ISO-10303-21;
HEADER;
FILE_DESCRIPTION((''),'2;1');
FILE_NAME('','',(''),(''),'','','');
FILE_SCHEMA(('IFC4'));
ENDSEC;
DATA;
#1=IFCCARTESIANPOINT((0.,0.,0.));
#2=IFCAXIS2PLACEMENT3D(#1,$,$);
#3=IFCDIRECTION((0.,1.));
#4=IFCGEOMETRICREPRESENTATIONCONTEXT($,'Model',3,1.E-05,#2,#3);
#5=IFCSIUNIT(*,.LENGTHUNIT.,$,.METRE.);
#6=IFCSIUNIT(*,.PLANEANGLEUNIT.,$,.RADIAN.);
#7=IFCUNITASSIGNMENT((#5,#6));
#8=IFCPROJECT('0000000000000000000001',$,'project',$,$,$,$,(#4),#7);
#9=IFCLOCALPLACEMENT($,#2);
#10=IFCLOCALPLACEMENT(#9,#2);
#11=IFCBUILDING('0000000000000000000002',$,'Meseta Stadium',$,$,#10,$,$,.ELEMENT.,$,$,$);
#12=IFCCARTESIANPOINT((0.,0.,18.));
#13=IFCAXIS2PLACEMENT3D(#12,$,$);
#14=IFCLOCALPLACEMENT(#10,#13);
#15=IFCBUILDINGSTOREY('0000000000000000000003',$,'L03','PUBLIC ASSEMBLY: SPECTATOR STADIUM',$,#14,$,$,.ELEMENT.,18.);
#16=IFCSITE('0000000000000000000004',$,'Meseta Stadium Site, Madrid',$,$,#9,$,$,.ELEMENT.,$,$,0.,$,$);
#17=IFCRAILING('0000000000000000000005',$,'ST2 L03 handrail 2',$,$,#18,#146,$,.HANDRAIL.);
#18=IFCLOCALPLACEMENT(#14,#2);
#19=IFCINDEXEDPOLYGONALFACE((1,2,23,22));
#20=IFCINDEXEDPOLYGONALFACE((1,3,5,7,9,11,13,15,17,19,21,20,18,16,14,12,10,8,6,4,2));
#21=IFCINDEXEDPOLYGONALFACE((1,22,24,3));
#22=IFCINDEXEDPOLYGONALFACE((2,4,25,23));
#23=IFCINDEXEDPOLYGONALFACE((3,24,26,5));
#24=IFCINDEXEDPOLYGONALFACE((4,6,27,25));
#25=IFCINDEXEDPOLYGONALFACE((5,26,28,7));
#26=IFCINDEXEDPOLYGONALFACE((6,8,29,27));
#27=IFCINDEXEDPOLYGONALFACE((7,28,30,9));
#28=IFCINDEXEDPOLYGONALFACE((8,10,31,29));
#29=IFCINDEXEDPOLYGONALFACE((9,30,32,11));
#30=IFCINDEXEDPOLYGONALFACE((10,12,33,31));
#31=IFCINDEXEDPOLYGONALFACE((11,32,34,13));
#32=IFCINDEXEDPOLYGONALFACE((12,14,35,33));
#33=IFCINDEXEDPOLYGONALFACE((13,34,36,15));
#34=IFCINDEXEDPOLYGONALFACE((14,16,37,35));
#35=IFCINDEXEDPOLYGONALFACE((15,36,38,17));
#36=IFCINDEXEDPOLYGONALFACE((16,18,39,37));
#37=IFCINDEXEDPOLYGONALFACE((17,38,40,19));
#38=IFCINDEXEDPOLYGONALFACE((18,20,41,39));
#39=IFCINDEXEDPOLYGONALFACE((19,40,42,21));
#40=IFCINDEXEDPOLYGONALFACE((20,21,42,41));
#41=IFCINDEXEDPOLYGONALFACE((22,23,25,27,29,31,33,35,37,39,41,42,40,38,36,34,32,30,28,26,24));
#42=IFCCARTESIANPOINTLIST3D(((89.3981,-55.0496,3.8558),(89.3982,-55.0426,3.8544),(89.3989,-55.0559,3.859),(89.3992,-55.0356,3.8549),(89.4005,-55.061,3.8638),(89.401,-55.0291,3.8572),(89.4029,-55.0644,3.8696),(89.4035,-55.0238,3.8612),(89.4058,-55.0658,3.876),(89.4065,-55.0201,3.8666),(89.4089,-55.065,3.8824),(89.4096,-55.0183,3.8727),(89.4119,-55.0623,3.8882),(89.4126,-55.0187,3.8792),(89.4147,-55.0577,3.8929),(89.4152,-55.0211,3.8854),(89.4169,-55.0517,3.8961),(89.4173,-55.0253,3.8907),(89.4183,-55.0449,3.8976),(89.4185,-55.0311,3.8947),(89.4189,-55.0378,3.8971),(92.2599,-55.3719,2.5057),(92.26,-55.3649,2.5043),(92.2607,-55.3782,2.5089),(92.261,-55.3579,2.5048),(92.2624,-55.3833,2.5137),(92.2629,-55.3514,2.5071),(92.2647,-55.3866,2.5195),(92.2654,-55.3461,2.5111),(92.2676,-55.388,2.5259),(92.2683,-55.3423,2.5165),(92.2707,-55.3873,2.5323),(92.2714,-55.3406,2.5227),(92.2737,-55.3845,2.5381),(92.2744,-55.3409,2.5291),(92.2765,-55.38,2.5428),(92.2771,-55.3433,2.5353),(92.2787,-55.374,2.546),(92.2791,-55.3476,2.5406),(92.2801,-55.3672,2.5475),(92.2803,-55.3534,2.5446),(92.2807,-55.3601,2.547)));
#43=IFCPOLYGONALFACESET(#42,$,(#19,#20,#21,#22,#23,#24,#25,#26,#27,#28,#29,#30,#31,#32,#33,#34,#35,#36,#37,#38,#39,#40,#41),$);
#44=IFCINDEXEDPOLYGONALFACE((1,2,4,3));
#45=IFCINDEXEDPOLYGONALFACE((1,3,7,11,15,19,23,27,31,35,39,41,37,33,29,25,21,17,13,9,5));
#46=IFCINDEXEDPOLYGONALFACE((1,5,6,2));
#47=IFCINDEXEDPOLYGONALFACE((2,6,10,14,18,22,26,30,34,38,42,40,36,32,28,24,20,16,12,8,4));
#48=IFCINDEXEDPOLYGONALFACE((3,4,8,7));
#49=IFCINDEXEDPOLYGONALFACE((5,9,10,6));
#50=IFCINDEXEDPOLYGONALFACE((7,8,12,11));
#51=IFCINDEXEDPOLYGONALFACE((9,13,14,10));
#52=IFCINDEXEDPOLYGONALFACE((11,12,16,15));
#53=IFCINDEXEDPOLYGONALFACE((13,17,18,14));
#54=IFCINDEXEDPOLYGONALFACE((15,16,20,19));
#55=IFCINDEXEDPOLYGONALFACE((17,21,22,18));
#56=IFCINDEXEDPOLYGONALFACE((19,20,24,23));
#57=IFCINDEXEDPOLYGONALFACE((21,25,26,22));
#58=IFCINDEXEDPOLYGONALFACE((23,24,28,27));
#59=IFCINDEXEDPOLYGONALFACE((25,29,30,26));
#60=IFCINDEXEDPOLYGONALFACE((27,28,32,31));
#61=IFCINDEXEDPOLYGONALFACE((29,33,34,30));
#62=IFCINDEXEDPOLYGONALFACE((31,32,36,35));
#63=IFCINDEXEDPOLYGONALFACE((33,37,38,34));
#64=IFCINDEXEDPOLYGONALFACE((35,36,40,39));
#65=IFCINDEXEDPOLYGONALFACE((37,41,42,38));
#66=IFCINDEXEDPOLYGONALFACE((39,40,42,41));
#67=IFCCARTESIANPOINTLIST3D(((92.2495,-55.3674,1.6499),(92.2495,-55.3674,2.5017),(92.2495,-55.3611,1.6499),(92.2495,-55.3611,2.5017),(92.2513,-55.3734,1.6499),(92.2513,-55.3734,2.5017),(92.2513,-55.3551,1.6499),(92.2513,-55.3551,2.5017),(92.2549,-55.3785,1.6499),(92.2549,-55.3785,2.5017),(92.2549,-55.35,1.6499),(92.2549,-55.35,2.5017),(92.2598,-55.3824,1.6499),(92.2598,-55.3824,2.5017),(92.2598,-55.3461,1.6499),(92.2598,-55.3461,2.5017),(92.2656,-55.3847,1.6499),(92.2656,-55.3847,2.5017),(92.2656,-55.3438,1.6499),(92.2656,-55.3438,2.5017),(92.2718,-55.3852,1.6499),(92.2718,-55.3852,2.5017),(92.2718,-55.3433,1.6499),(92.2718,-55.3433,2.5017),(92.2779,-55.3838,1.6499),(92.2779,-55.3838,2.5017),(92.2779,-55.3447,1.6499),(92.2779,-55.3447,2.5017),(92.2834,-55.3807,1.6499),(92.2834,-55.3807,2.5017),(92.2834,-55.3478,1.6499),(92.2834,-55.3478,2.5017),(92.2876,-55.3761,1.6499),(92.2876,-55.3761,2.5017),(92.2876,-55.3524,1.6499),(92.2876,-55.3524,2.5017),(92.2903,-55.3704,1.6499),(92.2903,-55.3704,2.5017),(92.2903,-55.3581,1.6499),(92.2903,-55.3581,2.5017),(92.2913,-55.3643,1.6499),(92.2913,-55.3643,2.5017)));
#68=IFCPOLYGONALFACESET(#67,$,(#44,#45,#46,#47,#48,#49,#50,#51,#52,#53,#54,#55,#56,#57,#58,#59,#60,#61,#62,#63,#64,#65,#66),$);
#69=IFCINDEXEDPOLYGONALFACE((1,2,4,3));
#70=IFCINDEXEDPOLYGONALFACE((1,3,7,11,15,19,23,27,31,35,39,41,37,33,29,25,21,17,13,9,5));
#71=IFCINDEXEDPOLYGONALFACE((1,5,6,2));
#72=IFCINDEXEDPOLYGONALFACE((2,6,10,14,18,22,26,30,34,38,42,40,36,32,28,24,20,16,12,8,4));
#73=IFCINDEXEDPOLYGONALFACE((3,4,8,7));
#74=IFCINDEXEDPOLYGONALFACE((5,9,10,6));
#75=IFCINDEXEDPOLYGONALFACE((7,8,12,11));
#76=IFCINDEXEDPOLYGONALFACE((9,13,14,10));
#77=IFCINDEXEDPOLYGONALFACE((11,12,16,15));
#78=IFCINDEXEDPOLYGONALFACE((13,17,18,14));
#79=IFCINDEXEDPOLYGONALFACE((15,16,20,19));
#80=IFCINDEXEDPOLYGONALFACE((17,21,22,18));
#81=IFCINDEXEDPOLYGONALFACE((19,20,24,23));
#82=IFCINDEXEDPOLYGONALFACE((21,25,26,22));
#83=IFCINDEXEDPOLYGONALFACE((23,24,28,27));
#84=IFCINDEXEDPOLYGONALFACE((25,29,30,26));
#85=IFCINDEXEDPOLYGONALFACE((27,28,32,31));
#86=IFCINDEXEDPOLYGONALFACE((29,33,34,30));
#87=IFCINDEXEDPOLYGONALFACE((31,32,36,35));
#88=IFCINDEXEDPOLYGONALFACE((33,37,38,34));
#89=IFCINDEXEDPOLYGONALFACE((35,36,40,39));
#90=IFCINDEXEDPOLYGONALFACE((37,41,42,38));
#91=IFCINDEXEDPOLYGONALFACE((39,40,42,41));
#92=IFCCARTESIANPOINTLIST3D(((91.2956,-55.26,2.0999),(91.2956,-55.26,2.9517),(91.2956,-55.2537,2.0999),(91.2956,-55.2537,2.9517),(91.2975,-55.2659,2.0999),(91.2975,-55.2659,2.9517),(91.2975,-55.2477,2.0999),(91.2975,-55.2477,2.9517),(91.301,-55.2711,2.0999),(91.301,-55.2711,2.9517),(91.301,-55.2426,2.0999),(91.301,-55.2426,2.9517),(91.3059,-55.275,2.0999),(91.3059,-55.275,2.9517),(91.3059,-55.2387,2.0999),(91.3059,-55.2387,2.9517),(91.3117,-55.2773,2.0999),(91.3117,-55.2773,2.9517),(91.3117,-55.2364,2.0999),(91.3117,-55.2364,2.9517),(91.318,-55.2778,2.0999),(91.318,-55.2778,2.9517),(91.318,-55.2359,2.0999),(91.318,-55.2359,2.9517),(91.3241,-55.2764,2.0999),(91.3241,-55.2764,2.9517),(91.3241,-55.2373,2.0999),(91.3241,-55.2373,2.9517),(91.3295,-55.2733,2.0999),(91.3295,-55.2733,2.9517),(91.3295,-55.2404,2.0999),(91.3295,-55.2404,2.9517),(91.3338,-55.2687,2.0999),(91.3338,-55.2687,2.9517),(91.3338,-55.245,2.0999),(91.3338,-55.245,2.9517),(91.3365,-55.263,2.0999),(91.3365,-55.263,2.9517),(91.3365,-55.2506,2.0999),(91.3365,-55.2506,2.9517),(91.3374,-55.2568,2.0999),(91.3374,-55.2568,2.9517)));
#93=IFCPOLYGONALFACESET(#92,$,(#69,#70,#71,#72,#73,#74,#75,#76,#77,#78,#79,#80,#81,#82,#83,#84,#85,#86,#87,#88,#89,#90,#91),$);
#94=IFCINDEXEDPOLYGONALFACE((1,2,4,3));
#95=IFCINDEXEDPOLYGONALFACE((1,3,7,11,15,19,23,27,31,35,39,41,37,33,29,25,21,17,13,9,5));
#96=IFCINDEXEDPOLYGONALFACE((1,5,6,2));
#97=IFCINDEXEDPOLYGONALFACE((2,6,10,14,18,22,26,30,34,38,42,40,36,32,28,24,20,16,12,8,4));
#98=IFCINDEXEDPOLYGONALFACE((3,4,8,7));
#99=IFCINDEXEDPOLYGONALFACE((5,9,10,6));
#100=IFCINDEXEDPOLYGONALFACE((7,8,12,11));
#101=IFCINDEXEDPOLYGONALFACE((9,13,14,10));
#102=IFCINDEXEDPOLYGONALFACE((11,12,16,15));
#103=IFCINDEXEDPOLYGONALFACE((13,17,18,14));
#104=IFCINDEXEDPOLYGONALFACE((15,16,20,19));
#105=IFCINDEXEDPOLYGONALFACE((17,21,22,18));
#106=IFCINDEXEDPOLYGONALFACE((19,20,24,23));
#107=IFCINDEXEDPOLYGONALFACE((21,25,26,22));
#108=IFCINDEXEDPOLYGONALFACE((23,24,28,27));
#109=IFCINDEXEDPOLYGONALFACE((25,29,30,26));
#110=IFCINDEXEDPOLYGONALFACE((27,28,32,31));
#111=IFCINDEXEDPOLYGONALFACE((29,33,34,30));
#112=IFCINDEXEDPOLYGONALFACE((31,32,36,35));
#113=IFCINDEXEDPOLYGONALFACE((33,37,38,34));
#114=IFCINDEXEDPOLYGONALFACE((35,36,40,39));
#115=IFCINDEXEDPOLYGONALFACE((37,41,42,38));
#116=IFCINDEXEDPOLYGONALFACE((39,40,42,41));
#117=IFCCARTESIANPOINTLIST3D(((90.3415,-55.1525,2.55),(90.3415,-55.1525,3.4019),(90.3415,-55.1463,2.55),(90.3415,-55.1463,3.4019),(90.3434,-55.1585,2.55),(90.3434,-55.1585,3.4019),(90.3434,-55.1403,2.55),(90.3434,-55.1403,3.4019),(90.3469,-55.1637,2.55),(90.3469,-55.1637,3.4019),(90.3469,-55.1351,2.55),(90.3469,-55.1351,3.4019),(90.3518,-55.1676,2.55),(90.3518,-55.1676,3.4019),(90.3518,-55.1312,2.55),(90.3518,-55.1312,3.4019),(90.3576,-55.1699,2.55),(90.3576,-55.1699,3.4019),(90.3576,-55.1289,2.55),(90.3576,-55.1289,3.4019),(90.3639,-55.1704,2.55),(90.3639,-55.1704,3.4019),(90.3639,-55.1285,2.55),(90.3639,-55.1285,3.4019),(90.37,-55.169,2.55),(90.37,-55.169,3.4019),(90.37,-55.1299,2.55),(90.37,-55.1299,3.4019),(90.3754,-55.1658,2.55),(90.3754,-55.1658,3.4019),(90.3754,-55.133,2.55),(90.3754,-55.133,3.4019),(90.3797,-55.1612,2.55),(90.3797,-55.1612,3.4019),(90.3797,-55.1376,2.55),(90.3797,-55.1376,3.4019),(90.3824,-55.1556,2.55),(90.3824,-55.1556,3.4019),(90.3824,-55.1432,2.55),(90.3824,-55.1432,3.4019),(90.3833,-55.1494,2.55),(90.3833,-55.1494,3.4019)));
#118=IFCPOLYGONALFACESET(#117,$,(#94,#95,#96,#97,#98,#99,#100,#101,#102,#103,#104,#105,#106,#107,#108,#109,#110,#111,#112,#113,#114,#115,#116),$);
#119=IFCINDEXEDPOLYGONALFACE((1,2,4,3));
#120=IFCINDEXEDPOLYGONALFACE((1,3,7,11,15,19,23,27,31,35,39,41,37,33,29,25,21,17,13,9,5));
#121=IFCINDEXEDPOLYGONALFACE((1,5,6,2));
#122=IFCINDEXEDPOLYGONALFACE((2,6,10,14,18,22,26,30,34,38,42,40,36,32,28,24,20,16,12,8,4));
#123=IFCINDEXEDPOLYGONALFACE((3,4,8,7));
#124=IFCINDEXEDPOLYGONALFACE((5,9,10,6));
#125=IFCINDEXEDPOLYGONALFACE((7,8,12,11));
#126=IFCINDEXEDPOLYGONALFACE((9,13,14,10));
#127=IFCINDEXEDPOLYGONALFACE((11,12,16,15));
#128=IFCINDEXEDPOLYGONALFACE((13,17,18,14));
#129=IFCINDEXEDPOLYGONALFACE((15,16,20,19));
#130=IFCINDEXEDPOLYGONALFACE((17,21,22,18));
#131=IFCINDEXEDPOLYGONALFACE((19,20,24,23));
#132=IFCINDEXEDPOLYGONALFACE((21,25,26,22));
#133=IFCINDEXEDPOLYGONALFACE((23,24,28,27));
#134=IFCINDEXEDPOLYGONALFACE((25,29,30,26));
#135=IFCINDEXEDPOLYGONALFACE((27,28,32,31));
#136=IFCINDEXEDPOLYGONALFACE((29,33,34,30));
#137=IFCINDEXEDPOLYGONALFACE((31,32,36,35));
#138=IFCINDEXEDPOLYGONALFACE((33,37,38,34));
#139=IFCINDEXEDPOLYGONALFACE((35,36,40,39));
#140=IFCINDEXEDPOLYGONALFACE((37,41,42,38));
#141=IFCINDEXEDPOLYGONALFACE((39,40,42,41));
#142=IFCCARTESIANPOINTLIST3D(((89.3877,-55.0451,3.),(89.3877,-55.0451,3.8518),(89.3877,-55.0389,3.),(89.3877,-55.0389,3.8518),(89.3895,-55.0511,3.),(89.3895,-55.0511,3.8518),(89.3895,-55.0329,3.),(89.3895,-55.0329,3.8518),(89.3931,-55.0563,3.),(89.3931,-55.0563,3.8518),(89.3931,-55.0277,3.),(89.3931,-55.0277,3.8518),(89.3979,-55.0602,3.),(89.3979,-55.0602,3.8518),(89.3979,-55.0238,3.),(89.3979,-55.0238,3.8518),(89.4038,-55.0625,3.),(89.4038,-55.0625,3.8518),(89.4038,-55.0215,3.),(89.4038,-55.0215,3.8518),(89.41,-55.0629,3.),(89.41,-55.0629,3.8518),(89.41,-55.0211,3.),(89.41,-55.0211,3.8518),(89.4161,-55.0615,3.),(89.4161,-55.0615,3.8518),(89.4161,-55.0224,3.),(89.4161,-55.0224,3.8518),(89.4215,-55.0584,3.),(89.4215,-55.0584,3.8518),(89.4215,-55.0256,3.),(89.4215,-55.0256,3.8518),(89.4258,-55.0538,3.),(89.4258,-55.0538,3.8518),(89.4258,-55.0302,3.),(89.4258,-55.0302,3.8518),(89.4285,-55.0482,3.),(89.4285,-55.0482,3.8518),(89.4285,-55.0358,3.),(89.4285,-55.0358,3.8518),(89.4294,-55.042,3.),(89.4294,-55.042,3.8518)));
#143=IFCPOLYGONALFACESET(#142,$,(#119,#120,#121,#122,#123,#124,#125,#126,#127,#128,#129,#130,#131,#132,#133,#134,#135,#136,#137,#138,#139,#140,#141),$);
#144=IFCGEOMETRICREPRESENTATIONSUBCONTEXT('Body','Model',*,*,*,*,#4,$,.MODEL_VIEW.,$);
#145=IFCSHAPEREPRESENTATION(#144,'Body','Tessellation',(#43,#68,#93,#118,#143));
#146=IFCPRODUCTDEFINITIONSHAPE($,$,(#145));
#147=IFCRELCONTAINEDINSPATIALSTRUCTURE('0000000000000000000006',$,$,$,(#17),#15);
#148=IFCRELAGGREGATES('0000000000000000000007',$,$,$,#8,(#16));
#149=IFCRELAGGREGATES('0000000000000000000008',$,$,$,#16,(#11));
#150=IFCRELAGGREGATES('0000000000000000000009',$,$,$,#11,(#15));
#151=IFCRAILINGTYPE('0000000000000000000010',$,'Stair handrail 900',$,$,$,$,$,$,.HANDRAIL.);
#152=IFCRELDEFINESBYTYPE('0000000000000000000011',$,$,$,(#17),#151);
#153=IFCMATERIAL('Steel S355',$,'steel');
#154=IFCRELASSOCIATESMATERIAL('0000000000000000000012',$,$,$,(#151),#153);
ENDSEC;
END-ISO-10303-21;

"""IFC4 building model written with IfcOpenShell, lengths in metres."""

from ifc_helpers import new_model, si_unit, direction, frame, origin, origin_2d, place, context, subcontext, project, spatial, circle, extrude, material, type_object, element, save


model = new_model("IFC4")

# Units and contexts
model_context = context("Model", 3, precision=1e-05, world=origin(), true_north=direction((0.0, 1.0)))
body_context = subcontext(model_context, "Body", "Model", "MODEL_VIEW")
ifc_project = project(units=[si_unit("LENGTHUNIT", "METRE"), si_unit("PLANEANGLEUNIT", "RADIAN")], contexts=[model_context])

# Site, building, storey
site_placement = place(None, origin())
site = spatial("IfcSite", under=ifc_project, at=site_placement, Name="Meseta Stadium Site, Madrid", CompositionType="ELEMENT", RefElevation=0.0)
building_placement = place(site_placement, origin())
building = spatial("IfcBuilding", under=site, at=building_placement, Name="Meseta Stadium", CompositionType="ELEMENT")
storey_placement = place(building_placement, frame((0.0, 0.0, 18.0)))
storey = spatial("IfcBuildingStorey", under=building, at=storey_placement, Name="L03", Description="PUBLIC ASSEMBLY: SPECTATOR STADIUM", CompositionType="ELEMENT", Elevation=18.0)

# Railing
ifc_material_1 = material(Name="Steel S355", Category="steel")
railing_type_1 = type_object("IfcRailingType", Name="Stair handrail 900", PredefinedType="HANDRAIL", material=ifc_material_1)
for number, where, name in (
    (1, (92.2703, -55.3643, 1.6499), "ST2 L03 handrail 2"),
):
    element("IfcRailing", number, at=place(storey_placement, frame(where)), inside=storey, type_object=railing_type_1, Name=name, PredefinedType="HANDRAIL", context=body_context, shape_type="SweptSolid", body=[
        extrude(circle(Radius=0.0239, at=origin_2d()), frame((0.0, 0.0, 0.876), z_axis=(-0.899755, 0.10132, 0.424471), x_axis=(-0.111902, -0.993719, 0.0)), (0.0, 0.0, 1.0), 3.1807),
        extrude(circle(Radius=0.021, at=origin_2d()), origin(), (0.0, 0.0, 1.0), 0.8518),
        extrude(circle(Radius=0.021, at=origin_2d()), frame((-0.9539, 0.1074, 0.45)), (0.0, 0.0, 1.0), 0.8518),
        extrude(circle(Radius=0.021, at=origin_2d()), frame((-1.908, 0.2148, 0.9001)), (0.0, 0.0, 1.0), 0.8518),
        extrude(circle(Radius=0.021, at=origin_2d()), frame((-2.8618, 0.3223, 1.3501)), (0.0, 0.0, 1.0), 0.8518),
    ])

save(model, "model.ifc")
